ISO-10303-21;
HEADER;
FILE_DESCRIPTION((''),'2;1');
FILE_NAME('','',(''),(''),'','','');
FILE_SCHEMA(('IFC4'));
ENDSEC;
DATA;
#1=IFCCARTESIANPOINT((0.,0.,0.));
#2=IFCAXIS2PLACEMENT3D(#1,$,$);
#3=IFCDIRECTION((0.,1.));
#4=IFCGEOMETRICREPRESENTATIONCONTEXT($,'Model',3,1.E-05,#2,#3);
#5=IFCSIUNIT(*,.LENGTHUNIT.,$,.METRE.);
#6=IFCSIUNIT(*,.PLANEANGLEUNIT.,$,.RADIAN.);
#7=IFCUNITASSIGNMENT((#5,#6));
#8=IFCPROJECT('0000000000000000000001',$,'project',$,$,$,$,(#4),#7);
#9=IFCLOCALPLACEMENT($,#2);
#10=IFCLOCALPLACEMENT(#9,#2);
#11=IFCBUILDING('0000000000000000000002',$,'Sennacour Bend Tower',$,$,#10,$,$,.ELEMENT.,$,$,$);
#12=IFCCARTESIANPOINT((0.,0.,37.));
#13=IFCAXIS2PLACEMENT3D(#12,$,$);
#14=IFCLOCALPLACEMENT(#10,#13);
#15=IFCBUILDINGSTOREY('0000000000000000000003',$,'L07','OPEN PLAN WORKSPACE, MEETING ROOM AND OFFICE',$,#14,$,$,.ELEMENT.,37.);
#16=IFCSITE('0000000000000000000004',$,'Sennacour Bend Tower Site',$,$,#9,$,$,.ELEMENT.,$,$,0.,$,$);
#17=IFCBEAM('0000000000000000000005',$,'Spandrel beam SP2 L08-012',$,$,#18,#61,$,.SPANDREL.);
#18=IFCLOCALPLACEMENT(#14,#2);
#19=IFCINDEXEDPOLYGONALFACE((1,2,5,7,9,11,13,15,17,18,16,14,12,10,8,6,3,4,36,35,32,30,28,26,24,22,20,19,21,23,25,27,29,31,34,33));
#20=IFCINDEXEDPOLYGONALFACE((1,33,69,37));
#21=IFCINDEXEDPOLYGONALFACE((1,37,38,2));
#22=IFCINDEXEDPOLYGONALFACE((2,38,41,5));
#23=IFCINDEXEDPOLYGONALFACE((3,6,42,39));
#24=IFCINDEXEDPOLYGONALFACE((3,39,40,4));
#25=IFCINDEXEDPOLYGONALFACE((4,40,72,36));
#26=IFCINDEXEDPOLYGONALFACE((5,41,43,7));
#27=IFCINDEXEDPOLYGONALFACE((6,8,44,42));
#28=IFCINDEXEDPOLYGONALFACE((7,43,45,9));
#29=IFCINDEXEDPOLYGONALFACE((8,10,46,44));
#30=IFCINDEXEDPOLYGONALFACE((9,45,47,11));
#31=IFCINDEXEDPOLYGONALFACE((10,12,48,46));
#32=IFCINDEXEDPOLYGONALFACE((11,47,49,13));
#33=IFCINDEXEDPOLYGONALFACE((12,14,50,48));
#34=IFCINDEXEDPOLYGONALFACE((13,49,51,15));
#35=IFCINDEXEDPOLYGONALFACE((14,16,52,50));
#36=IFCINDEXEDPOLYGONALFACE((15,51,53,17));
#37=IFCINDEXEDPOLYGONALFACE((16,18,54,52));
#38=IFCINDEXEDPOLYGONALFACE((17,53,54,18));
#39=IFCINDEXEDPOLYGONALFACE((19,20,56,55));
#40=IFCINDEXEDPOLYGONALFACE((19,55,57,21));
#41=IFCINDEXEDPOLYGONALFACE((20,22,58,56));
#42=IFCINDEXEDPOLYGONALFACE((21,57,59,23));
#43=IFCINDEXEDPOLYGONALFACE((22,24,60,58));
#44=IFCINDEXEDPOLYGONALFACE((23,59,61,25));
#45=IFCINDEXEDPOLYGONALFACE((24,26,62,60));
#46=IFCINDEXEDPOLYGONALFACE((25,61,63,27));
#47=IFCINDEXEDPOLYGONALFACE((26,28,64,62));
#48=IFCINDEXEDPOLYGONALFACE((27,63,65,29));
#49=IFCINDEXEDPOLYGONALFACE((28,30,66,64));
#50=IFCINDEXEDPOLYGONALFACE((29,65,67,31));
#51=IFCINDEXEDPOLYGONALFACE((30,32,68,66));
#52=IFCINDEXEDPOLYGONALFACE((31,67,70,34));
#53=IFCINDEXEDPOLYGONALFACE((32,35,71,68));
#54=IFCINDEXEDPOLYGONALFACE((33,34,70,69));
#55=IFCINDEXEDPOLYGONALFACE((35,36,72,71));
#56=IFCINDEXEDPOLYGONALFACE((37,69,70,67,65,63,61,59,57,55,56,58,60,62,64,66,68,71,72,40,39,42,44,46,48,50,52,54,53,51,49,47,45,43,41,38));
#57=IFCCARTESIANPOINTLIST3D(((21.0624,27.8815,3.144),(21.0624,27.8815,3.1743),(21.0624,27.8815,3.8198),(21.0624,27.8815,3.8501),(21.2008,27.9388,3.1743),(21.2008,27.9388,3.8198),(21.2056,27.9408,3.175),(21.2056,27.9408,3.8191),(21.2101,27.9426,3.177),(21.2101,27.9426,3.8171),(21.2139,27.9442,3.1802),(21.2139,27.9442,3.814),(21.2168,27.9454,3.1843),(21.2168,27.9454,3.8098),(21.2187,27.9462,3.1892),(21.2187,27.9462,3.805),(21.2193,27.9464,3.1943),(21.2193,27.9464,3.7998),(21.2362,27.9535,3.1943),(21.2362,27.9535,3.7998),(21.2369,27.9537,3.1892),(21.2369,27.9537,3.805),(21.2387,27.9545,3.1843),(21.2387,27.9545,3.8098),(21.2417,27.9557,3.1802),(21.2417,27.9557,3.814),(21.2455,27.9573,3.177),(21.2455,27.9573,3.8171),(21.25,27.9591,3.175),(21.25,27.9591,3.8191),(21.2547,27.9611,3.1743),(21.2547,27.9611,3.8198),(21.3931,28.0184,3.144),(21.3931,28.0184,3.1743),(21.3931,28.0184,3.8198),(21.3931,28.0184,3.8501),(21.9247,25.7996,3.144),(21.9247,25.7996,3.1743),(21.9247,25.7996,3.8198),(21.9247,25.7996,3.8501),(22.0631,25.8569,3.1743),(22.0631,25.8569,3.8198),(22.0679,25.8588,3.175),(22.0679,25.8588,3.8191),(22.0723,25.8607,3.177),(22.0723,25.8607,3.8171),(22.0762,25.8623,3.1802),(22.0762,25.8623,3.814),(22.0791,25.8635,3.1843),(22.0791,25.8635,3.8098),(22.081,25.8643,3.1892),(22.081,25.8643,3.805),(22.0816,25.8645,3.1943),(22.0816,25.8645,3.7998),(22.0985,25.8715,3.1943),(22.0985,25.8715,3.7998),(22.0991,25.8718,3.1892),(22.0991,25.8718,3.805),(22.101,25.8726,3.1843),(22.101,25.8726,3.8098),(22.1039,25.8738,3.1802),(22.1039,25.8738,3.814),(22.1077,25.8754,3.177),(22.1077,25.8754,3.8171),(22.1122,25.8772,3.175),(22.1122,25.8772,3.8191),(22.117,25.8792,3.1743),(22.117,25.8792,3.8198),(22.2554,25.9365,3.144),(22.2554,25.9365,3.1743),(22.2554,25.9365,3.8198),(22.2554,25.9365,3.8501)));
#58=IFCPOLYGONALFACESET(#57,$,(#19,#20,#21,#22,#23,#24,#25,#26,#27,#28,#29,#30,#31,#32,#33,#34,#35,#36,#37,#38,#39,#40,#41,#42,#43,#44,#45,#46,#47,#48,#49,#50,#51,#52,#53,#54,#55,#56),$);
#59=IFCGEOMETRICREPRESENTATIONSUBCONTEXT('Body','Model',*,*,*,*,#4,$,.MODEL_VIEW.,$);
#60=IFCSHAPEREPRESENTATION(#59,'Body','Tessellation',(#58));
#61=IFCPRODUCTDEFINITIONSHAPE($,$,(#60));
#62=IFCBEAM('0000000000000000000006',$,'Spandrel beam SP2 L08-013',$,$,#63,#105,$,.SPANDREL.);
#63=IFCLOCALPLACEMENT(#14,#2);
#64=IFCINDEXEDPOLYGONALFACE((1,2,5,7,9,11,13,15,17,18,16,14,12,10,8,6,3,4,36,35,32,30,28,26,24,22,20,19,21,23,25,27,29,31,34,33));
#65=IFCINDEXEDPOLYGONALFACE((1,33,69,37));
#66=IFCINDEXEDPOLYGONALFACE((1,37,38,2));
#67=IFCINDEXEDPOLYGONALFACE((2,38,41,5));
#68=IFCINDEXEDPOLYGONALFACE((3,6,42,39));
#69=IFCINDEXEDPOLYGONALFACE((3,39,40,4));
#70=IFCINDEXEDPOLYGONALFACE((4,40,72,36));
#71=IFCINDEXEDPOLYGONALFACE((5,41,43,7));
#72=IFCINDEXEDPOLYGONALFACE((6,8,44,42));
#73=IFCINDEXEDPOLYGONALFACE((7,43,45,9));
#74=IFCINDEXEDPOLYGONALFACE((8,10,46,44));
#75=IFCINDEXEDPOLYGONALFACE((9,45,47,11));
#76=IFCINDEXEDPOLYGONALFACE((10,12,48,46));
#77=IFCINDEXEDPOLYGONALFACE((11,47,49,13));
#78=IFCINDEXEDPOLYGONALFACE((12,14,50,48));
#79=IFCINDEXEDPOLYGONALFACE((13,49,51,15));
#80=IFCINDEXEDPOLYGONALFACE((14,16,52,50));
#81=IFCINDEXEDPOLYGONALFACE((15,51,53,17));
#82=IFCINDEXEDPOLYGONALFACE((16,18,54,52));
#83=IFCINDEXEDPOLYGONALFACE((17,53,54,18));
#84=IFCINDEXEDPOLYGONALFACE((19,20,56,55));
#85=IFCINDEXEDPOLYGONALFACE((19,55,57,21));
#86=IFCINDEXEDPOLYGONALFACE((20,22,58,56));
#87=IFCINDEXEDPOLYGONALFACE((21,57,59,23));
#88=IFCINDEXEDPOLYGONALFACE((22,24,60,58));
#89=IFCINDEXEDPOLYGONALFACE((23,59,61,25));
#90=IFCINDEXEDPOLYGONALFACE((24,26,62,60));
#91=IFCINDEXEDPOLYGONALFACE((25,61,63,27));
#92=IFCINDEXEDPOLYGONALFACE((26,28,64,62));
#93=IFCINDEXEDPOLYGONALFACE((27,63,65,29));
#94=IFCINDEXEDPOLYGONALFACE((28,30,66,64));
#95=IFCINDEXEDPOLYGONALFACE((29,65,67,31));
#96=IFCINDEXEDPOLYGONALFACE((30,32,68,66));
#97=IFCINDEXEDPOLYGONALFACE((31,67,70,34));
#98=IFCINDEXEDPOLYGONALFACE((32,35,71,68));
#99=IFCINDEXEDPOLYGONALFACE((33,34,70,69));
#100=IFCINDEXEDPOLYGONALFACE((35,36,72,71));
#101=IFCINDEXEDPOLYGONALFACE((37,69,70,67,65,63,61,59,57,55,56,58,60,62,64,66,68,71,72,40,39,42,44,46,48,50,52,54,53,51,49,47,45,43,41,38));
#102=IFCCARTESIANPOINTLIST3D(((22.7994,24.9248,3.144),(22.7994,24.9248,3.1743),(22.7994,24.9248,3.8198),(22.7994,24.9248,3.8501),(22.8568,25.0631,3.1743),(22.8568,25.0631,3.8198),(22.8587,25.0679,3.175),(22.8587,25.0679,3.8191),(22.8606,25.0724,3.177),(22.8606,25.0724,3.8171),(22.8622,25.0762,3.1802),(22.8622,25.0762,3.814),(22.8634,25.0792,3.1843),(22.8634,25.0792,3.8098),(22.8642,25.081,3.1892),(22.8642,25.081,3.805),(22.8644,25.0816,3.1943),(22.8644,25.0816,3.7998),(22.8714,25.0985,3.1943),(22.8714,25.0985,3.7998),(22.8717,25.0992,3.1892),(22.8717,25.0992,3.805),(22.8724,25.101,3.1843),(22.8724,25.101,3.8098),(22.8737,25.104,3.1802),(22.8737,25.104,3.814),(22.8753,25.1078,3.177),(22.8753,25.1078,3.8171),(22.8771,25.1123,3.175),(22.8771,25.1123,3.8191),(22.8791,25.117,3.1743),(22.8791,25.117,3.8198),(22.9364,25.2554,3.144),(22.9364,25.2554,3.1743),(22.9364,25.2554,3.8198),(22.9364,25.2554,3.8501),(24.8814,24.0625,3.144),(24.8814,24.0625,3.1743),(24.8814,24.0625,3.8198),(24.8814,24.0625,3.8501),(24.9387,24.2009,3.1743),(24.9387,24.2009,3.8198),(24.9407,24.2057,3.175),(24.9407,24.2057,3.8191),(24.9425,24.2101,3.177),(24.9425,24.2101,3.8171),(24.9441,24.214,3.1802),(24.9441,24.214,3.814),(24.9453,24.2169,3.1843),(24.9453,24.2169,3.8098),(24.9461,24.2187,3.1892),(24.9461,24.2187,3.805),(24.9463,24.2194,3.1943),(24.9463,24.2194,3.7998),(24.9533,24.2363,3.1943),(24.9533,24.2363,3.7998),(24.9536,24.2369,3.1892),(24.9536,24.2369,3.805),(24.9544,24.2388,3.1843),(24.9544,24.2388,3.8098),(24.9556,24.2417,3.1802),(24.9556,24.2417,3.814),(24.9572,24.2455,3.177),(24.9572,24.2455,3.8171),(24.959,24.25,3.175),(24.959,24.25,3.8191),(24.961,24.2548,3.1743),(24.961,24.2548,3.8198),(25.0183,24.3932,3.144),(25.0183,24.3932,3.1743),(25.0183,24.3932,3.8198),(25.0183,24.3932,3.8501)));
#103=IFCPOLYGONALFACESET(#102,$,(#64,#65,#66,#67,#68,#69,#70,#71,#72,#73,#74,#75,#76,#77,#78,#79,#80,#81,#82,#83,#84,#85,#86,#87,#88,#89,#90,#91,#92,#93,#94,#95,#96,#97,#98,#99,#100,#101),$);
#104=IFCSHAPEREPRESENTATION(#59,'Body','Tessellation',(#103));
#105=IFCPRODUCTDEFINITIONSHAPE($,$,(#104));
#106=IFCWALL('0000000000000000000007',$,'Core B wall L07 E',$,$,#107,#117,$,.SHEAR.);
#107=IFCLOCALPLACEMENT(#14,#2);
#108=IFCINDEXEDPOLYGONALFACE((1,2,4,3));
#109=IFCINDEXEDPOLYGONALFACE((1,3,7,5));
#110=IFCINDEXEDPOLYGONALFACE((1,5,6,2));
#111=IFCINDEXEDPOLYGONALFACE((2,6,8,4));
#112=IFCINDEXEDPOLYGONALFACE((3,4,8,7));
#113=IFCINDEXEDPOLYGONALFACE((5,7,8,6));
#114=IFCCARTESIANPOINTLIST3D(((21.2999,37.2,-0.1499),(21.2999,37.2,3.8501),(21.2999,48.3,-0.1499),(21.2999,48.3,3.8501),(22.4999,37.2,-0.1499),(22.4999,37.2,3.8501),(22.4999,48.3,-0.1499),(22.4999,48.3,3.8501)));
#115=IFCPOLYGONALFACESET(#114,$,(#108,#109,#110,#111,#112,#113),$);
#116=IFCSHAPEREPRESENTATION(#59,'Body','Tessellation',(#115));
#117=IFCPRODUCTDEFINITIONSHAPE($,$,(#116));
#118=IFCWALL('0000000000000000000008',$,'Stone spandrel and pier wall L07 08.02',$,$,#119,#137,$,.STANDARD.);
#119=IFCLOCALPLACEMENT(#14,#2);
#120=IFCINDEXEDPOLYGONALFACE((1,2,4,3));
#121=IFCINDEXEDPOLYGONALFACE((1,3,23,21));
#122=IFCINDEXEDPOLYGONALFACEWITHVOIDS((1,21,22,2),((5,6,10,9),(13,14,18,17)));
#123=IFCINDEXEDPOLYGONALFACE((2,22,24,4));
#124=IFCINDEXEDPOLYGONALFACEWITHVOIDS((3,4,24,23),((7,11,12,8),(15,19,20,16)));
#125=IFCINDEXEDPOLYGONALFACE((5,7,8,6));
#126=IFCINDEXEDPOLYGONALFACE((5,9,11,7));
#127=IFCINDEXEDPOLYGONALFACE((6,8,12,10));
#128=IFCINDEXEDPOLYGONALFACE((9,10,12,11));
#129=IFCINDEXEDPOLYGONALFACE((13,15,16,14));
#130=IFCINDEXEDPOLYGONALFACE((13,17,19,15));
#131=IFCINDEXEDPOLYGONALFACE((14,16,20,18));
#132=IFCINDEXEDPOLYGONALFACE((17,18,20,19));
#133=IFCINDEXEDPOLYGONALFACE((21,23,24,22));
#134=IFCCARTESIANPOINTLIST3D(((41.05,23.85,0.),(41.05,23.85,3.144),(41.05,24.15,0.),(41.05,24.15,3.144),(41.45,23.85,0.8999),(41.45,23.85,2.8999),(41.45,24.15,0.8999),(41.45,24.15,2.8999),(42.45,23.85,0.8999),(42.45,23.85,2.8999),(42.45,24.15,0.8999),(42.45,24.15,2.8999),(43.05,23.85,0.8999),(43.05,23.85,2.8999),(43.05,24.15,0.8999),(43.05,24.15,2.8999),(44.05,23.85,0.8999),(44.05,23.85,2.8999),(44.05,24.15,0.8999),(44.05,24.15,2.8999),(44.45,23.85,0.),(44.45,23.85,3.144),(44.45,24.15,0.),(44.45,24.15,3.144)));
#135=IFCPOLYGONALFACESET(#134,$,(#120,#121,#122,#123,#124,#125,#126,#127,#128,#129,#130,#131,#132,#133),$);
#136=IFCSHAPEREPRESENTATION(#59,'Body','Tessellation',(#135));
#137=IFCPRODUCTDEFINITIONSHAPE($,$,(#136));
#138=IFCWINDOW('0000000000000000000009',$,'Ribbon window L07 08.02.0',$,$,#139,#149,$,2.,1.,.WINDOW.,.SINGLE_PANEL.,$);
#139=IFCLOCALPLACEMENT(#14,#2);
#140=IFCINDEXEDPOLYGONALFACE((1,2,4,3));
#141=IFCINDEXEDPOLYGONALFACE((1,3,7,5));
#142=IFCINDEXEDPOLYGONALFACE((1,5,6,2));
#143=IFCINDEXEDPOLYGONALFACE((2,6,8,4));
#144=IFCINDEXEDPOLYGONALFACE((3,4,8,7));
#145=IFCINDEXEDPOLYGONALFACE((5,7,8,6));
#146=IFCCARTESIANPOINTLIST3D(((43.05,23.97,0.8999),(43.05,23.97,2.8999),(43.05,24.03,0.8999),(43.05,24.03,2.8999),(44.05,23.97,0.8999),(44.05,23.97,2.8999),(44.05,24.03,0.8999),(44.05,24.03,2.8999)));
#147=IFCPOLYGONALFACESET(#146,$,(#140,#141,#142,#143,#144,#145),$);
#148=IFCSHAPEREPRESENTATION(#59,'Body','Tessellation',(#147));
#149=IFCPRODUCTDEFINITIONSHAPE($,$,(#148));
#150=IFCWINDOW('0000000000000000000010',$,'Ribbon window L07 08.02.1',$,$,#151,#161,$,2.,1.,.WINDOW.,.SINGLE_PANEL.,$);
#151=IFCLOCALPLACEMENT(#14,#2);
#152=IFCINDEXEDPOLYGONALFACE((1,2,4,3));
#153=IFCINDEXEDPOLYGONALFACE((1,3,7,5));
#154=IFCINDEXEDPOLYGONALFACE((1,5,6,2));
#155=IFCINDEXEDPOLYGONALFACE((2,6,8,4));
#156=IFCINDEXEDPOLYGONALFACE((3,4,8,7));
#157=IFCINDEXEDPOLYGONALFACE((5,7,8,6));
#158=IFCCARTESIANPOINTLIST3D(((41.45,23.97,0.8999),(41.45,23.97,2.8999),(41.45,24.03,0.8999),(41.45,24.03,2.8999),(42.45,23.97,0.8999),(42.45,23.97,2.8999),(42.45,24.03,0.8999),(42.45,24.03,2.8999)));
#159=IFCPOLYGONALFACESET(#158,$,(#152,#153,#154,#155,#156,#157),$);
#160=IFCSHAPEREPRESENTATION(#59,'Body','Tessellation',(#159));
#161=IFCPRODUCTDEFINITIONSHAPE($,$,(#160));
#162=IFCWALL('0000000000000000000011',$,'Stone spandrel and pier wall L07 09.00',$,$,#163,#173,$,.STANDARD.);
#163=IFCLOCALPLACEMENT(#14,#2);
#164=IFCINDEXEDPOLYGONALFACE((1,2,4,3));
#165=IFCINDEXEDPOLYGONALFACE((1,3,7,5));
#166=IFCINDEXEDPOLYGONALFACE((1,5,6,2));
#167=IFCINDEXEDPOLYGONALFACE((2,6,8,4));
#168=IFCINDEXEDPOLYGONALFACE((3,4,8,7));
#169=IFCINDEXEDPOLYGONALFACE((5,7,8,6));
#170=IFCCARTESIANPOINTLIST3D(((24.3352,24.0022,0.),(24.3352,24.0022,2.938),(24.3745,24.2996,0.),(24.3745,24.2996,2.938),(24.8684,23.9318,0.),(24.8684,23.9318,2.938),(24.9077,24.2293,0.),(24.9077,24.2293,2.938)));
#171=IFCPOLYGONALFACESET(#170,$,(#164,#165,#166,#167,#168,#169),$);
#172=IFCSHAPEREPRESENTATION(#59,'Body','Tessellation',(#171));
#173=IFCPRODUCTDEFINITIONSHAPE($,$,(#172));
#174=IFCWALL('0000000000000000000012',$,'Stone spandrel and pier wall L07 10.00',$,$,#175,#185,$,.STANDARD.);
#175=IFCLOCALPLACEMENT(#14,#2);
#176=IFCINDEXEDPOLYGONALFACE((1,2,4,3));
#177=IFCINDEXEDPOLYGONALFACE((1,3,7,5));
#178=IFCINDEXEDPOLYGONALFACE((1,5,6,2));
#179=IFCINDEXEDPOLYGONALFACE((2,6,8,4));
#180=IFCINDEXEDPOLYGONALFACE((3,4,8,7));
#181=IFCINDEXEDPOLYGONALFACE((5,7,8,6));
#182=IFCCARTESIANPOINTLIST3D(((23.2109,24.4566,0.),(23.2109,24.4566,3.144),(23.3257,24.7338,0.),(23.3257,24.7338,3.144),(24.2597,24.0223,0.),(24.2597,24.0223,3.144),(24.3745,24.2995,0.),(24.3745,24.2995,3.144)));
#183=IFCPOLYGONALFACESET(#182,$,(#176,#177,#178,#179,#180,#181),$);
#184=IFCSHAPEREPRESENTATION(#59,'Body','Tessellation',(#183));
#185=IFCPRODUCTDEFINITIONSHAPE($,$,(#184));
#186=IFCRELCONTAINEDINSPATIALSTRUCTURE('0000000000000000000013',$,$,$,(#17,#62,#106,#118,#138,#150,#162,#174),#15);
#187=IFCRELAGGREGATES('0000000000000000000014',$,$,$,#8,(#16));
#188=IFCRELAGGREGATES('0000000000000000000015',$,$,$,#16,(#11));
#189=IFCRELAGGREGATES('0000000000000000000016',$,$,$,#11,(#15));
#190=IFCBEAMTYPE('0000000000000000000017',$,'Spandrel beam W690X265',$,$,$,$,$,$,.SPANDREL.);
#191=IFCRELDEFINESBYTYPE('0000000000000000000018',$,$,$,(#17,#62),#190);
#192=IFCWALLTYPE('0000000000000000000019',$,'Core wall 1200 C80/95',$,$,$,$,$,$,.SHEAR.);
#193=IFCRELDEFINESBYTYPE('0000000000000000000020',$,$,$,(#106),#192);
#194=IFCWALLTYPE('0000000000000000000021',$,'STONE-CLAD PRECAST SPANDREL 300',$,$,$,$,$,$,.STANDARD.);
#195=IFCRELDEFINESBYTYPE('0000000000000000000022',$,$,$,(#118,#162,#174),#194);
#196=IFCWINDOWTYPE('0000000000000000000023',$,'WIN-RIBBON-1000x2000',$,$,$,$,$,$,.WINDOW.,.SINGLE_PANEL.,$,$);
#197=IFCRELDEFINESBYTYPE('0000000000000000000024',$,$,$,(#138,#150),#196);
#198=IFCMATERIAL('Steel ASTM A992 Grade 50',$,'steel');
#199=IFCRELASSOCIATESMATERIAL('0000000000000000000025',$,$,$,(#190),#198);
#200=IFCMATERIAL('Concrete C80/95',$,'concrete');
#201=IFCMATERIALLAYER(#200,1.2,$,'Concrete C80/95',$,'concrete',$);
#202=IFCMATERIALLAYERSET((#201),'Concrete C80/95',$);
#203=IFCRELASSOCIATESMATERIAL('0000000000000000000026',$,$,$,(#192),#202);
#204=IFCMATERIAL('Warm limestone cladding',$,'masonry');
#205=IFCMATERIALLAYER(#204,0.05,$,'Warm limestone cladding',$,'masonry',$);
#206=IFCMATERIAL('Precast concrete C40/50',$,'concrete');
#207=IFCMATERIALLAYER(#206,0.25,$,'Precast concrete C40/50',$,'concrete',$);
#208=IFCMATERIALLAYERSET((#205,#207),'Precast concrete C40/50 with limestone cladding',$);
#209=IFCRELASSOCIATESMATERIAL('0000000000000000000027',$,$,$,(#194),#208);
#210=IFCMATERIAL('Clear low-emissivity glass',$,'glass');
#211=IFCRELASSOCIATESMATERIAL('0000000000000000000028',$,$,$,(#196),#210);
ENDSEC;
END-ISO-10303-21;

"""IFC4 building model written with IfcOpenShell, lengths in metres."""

from ifc_helpers import new_model, si_unit, direction, frame, frame_2d, origin, origin_2d, place, context, subcontext, project, spatial, rectangle, i_section, extrude, material, layer, layer_set, material_profile, profile_set, type_object, element, fill, save


model = new_model("IFC4")

# Units and contexts
model_context = context("Model", 3, precision=1e-05, world=origin(), true_north=direction((0.0, 1.0)))
body_context = subcontext(model_context, "Body", "Model", "MODEL_VIEW")
ifc_project = project(units=[si_unit("LENGTHUNIT", "METRE"), si_unit("PLANEANGLEUNIT", "RADIAN")], contexts=[model_context])

# Site, building, storey
site_placement = place(None, origin())
site = spatial("IfcSite", under=ifc_project, at=site_placement, Name="Sennacour Bend Tower Site", CompositionType="ELEMENT", RefElevation=0.0)
building_placement = place(site_placement, origin())
building = spatial("IfcBuilding", under=site, at=building_placement, Name="Sennacour Bend Tower", CompositionType="ELEMENT")
storey_placement = place(building_placement, frame((0.0, 0.0, 37.0)))
storey = spatial("IfcBuildingStorey", under=building, at=storey_placement, Name="L07", Description="OPEN PLAN WORKSPACE, MEETING ROOM AND OFFICE", CompositionType="ELEMENT", Elevation=37.0)

# Beams
ifc_material_1 = material(Name="Steel ASTM A992 Grade 50", Category="steel")
ifc_material_profile_1 = material_profile(ifc_material_1, i_section(OverallWidth=0.3579, OverallDepth=0.7061, WebThickness=0.0183, FlangeThickness=0.0303, FilletRadius=0.02, at=origin_2d()), Name="Steel ASTM A992 Grade 50", Category="steel")
ifc_profile_set_1 = profile_set([ifc_material_profile_1], Name="Steel ASTM A992 Grade 50")
beam_type = type_object("IfcBeamType", Name="Spandrel beam W690X265", PredefinedType="SPANDREL", material=ifc_profile_set_1)
for number, where, z_axis, x_axis, name in (
    (1, (21.2278, 27.95, 3.4971), (0.382645, -0.923895, 0.0), (0.923895, 0.382645, 0.0), "Spandrel beam SP2 L08-012"),
    (2, (22.8679, 25.0901, 3.4971), (0.923895, -0.382645, 0.0), (0.382645, 0.923895, 0.0), "Spandrel beam SP2 L08-013"),
):
    element("IfcBeam", number, at=place(storey_placement, frame(where, z_axis=z_axis, x_axis=x_axis)), inside=storey, type_object=beam_type, Name=name, PredefinedType="SPANDREL", context=body_context, shape_type="SweptSolid", body=[
        extrude(i_section(OverallWidth=0.3579, OverallDepth=0.7061, WebThickness=0.0183, FlangeThickness=0.0303, FilletRadius=0.02, at=origin_2d()), origin(), (0.0, 0.0, 1.0), 2.2534),
    ])

# Wall
ifc_material_2 = material(Name="Concrete C80/95", Category="concrete")
ifc_layer_1 = layer(ifc_material_2, 1.2, Name="Concrete C80/95", Category="concrete")
ifc_layer_set_1 = layer_set([ifc_layer_1], Name="Concrete C80/95")
wall_type_1 = type_object("IfcWallType", Name="Core wall 1200 C80/95", PredefinedType="SHEAR", material=ifc_layer_set_1)
wall_1_placement = place(storey_placement, frame((21.8999, 37.2, -0.1499), z_axis=(0.0, 0.0, 1.0), x_axis=(0.0, 1.0, 0.0)))
element("IfcWall", 3, at=wall_1_placement, inside=storey, type_object=wall_type_1, Name="Core B wall L07 E", PredefinedType="SHEAR", context=body_context, shape_type="SweptSolid", body=[
    extrude(rectangle(XDim=11.1001, YDim=1.2, at=frame_2d((5.55, 0.0))), origin(), (0.0, 0.0, 1.0), 4.0),
])

# Wall, openings, windows
ifc_material_3 = material(Name="Warm limestone cladding", Category="masonry")
ifc_layer_2 = layer(ifc_material_3, 0.05, Name="Warm limestone cladding", Category="masonry")
ifc_material_4 = material(Name="Precast concrete C40/50", Category="concrete")
ifc_layer_3 = layer(ifc_material_4, 0.25, Name="Precast concrete C40/50", Category="concrete")
ifc_layer_set_2 = layer_set([ifc_layer_2, ifc_layer_3], Name="Precast concrete C40/50 with limestone cladding")
wall_type_2 = type_object("IfcWallType", Name="STONE-CLAD PRECAST SPANDREL 300", PredefinedType="STANDARD", material=ifc_layer_set_2)
wall_2_placement = place(storey_placement, frame((44.45, 24.0, 0.0), z_axis=(0.0, 0.0, 1.0), x_axis=(-1.0, 0.0, 0.0)))
wall_2 = element("IfcWall", 4, at=wall_2_placement, inside=storey, type_object=wall_type_2, Name="Stone spandrel and pier wall L07 08.02", PredefinedType="STANDARD", context=body_context, shape_type="SweptSolid", body=[
    extrude(rectangle(XDim=3.3999, YDim=0.3, at=frame_2d((1.7, 0.0))), origin(), (0.0, 0.0, 1.0), 3.144),
])
opening_1_placement = place(wall_2_placement, frame((0.3999, 0.0, 0.8999)))
opening_1 = element("IfcOpeningElement", 5, at=opening_1_placement, cuts=wall_2, PredefinedType="OPENING", context=body_context, shape_type="SweptSolid", body=[
    extrude(rectangle(XDim=1.0, YDim=2.0, at=frame_2d((0.5, 1.0))), frame((0.0, 0.1602, 0.0), z_axis=(0.0, -1.0, 0.0), x_axis=(1.0, 0.0, 0.0)), (0.0, 0.0, 1.0), 0.3201),
])
opening_2_placement = place(wall_2_placement, frame((2.0, 0.0, 0.8999)))
opening_2 = element("IfcOpeningElement", 6, at=opening_2_placement, cuts=wall_2, PredefinedType="OPENING", context=body_context, shape_type="SweptSolid", body=[
    extrude(rectangle(XDim=1.0, YDim=2.0, at=frame_2d((0.5, 1.0))), frame((0.0, 0.1602, 0.0), z_axis=(0.0, -1.0, 0.0), x_axis=(1.0, 0.0, 0.0)), (0.0, 0.0, 1.0), 0.3201),
])
ifc_material_5 = material(Name="Clear low-emissivity glass", Category="glass")
window_type_1 = type_object("IfcWindowType", Name="WIN-RIBBON-1000x2000", PartitioningType="SINGLE_PANEL", PredefinedType="WINDOW", material=ifc_material_5)
window_1_placement = place(opening_1_placement, origin())
window_1 = element("IfcWindow", 7, at=window_1_placement, inside=storey, type_object=window_type_1, Name="Ribbon window L07 08.02.0", OverallHeight=2.0, OverallWidth=1.0, PartitioningType="SINGLE_PANEL", PredefinedType="WINDOW", context=body_context, shape_type="SweptSolid", body=[
    extrude(rectangle(XDim=1.0, YDim=2.0, at=frame_2d((0.5, 1.0))), frame((0.0, 0.03, 0.0), z_axis=(0.0, -1.0, 0.0), x_axis=(1.0, 0.0, 0.0)), (0.0, 0.0, 1.0), 0.0601),
])
fill(opening_1, window_1)
window_2_placement = place(opening_2_placement, origin())
window_2 = element("IfcWindow", 8, at=window_2_placement, inside=storey, type_object=window_type_1, Name="Ribbon window L07 08.02.1", OverallHeight=2.0, OverallWidth=1.0, PartitioningType="SINGLE_PANEL", PredefinedType="WINDOW", context=body_context, shape_type="SweptSolid", body=[
    extrude(rectangle(XDim=1.0, YDim=2.0, at=frame_2d((0.5, 1.0))), frame((0.0, 0.03, 0.0), z_axis=(0.0, -1.0, 0.0), x_axis=(1.0, 0.0, 0.0)), (0.0, 0.0, 1.0), 0.0601),
])
fill(opening_2, window_2)

# Walls
wall_3_placement = place(storey_placement, frame((24.8882, 24.0806, 0.0), z_axis=(0.0, 0.0, 1.0), x_axis=(-0.991417, 0.130736, 0.0)))
element("IfcWall", 9, at=wall_3_placement, inside=storey, type_object=wall_type_2, Name="Stone spandrel and pier wall L07 09.00", PredefinedType="STANDARD", context=body_context, shape_type="SweptSolid", body=[
    extrude(rectangle(XDim=0.5378, YDim=0.3, at=frame_2d((0.269, 0.0))), origin(), (0.0, 0.0, 1.0), 2.938),
])
wall_4_placement = place(storey_placement, frame((24.3171, 24.1609, 0.0), z_axis=(0.0, 0.0, 1.0), x_axis=(-0.923915, 0.382599, 0.0)))
element("IfcWall", 10, at=wall_4_placement, inside=storey, type_object=wall_type_2, Name="Stone spandrel and pier wall L07 10.00", PredefinedType="STANDARD", context=body_context, shape_type="SweptSolid", body=[
    extrude(rectangle(XDim=1.1353, YDim=0.3, at=frame_2d((0.5676, 0.0))), origin(), (0.0, 0.0, 1.0), 3.144),
])

save(model, "model.ifc")
